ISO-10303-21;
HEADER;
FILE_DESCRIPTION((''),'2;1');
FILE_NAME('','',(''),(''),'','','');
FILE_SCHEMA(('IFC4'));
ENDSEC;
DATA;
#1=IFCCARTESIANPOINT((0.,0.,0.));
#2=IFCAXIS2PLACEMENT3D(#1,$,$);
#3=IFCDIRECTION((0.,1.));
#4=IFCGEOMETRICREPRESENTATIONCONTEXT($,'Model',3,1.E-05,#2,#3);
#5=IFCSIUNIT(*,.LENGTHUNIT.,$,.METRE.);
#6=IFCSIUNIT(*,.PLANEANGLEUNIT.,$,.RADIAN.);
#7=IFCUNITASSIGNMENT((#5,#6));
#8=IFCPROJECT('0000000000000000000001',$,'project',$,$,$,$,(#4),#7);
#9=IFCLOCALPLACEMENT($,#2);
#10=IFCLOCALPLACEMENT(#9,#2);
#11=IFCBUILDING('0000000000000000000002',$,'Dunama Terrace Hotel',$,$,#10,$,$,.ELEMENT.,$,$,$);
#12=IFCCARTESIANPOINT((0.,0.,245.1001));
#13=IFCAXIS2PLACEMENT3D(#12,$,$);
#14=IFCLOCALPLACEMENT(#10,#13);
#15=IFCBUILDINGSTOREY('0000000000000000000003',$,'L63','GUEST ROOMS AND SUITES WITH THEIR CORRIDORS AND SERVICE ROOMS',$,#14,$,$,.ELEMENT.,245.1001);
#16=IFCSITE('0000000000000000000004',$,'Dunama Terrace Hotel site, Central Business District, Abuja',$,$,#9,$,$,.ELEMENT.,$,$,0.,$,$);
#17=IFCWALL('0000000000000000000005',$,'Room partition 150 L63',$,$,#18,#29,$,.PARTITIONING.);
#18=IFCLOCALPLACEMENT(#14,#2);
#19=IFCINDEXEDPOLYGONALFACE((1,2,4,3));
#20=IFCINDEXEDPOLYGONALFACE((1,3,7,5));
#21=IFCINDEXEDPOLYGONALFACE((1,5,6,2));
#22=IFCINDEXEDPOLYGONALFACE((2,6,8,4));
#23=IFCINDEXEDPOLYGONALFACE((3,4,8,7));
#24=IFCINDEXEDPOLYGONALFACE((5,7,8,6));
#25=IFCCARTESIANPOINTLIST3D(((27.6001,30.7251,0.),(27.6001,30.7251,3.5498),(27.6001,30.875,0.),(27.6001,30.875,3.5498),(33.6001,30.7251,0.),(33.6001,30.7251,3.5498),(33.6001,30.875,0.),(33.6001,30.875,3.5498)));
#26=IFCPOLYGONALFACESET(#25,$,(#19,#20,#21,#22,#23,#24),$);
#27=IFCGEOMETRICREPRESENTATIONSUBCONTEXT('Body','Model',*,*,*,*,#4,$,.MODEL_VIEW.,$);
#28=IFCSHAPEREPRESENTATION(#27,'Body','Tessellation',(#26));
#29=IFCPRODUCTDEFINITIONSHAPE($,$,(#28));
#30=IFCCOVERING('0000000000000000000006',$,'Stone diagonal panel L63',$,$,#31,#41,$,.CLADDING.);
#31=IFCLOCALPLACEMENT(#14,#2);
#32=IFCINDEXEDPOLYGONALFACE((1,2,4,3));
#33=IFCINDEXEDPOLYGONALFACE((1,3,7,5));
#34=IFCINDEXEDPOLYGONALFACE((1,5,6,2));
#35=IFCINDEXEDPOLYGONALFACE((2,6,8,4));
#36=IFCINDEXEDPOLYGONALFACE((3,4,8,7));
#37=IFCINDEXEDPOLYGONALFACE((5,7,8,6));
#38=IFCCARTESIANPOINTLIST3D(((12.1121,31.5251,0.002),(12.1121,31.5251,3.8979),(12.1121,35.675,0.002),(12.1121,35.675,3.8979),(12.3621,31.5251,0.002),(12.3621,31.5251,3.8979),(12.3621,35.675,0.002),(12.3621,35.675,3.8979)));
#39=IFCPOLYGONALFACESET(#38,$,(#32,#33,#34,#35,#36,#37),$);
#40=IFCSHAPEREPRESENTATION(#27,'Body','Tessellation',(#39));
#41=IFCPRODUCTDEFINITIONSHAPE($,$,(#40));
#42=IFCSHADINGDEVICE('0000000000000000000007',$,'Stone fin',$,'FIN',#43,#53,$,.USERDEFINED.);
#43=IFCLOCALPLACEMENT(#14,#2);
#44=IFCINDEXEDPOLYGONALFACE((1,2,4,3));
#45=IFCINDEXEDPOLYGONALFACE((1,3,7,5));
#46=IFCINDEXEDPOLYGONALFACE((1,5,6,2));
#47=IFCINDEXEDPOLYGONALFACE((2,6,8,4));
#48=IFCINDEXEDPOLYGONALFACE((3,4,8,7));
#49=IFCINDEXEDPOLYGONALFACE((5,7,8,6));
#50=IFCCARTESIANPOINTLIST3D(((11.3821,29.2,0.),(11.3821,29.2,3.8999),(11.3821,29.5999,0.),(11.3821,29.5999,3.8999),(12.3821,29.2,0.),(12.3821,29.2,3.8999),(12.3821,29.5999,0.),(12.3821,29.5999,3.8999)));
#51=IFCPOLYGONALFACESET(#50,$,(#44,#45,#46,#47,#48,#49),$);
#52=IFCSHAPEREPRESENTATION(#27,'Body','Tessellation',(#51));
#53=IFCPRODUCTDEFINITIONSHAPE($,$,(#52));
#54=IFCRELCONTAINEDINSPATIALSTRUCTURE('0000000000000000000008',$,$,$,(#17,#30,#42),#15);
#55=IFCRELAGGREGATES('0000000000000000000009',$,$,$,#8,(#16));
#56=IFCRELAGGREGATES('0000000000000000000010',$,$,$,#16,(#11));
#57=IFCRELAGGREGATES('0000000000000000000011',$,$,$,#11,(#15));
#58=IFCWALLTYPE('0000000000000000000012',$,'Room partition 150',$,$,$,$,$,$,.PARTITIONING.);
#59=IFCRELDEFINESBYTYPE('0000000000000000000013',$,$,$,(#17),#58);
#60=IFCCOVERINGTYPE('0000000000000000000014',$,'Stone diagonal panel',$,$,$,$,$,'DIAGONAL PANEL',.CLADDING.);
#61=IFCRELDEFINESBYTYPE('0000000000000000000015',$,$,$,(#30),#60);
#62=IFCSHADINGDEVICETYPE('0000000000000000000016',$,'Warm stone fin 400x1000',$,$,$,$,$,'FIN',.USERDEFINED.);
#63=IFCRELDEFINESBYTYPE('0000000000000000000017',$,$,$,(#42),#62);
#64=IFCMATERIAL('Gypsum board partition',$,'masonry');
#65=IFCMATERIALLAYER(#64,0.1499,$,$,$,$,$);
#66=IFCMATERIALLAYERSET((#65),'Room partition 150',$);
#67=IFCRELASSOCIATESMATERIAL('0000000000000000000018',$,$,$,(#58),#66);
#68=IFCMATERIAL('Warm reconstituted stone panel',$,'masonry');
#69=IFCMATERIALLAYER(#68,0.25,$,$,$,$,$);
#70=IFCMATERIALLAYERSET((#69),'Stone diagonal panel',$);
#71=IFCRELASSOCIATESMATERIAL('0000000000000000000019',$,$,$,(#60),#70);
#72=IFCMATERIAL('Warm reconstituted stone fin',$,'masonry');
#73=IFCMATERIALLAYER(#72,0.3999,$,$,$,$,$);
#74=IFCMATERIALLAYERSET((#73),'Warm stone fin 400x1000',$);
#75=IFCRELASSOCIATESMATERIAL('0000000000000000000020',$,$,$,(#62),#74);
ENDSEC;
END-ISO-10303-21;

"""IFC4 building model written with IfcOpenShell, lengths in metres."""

from ifc_helpers import new_model, si_unit, direction, frame, frame_2d, origin, origin_2d, place, context, subcontext, project, spatial, rectangle, extrude, material, layer, layer_set, type_object, element, save


model = new_model("IFC4")

# Units and contexts
model_context = context("Model", 3, precision=1e-05, world=origin(), true_north=direction((0.0, 1.0)))
body_context = subcontext(model_context, "Body", "Model", "MODEL_VIEW")
ifc_project = project(units=[si_unit("LENGTHUNIT", "METRE"), si_unit("PLANEANGLEUNIT", "RADIAN")], contexts=[model_context])

# Site, building, storey
site_placement = place(None, origin())
site = spatial("IfcSite", under=ifc_project, at=site_placement, Name="Dunama Terrace Hotel site, Central Business District, Abuja", CompositionType="ELEMENT", RefElevation=0.0)
building_placement = place(site_placement, origin())
building = spatial("IfcBuilding", under=site, at=building_placement, Name="Dunama Terrace Hotel", CompositionType="ELEMENT")
storey_placement = place(building_placement, frame((0.0, 0.0, 245.1001)))
storey = spatial("IfcBuildingStorey", under=building, at=storey_placement, Name="L63", Description="GUEST ROOMS AND SUITES WITH THEIR CORRIDORS AND SERVICE ROOMS", CompositionType="ELEMENT", Elevation=245.1001)

# Shared definitions
ifc_material_1 = material(Name="Gypsum board partition", Category="masonry")
ifc_layer_1 = layer(ifc_material_1, 0.1499)
ifc_layer_set_1 = layer_set([ifc_layer_1], Name="Room partition 150")
wall_type_1 = type_object("IfcWallType", Name="Room partition 150", PredefinedType="PARTITIONING", material=ifc_layer_set_1)

# Wall
wall_1_placement = place(storey_placement, frame((27.6001, 30.8, 0.0), z_axis=(0.0, 0.0, 1.0), x_axis=(1.0, 0.0, 0.0)))
element("IfcWall", 1, at=wall_1_placement, inside=storey, type_object=wall_type_1, Name="Room partition 150 L63", PredefinedType="PARTITIONING", context=body_context, shape_type="SweptSolid", body=[
    extrude(rectangle(XDim=6.0, YDim=0.1499, at=frame_2d((3.0, 0.0))), origin(), (0.0, 0.0, 1.0), 3.5498),
])

# Covering
ifc_material_2 = material(Name="Warm reconstituted stone panel", Category="masonry")
ifc_layer_2 = layer(ifc_material_2, 0.25)
ifc_layer_set_2 = layer_set([ifc_layer_2], Name="Stone diagonal panel")
covering_type = type_object("IfcCoveringType", Name="Stone diagonal panel", ElementType="DIAGONAL PANEL", PredefinedType="CLADDING", material=ifc_layer_set_2)
covering_placement = place(storey_placement, frame((12.2371, 33.6001, 0.002), z_axis=(0.0, 0.0, 1.0), x_axis=(0.0, -1.0, 0.0)))
element("IfcCovering", 2, at=covering_placement, inside=storey, type_object=covering_type, Name="Stone diagonal panel L63", PredefinedType="CLADDING", context=body_context, shape_type="SweptSolid", body=[
    extrude(rectangle(XDim=4.1499, YDim=0.25, at=origin_2d()), origin(), (0.0, 0.0, 1.0), 3.896),
])

# Shading device
ifc_material_3 = material(Name="Warm reconstituted stone fin", Category="masonry")
ifc_layer_3 = layer(ifc_material_3, 0.3999)
ifc_layer_set_3 = layer_set([ifc_layer_3], Name="Warm stone fin 400x1000")
shading_device_type = type_object("IfcShadingDeviceType", Name="Warm stone fin 400x1000", ElementType="FIN", PredefinedType="USERDEFINED", material=ifc_layer_set_3)
shading_device_placement = place(storey_placement, frame((11.8821, 29.3999, 0.0), z_axis=(0.0, 0.0, 1.0), x_axis=(0.0, -1.0, 0.0)))
element("IfcShadingDevice", 3, at=shading_device_placement, inside=storey, type_object=shading_device_type, Name="Stone fin", ObjectType="FIN", PredefinedType="USERDEFINED", context=body_context, shape_type="SweptSolid", body=[
    extrude(rectangle(XDim=0.3999, YDim=1.0, at=origin_2d()), origin(), (0.0, 0.0, 1.0), 3.8999),
])

save(model, "model.ifc")
